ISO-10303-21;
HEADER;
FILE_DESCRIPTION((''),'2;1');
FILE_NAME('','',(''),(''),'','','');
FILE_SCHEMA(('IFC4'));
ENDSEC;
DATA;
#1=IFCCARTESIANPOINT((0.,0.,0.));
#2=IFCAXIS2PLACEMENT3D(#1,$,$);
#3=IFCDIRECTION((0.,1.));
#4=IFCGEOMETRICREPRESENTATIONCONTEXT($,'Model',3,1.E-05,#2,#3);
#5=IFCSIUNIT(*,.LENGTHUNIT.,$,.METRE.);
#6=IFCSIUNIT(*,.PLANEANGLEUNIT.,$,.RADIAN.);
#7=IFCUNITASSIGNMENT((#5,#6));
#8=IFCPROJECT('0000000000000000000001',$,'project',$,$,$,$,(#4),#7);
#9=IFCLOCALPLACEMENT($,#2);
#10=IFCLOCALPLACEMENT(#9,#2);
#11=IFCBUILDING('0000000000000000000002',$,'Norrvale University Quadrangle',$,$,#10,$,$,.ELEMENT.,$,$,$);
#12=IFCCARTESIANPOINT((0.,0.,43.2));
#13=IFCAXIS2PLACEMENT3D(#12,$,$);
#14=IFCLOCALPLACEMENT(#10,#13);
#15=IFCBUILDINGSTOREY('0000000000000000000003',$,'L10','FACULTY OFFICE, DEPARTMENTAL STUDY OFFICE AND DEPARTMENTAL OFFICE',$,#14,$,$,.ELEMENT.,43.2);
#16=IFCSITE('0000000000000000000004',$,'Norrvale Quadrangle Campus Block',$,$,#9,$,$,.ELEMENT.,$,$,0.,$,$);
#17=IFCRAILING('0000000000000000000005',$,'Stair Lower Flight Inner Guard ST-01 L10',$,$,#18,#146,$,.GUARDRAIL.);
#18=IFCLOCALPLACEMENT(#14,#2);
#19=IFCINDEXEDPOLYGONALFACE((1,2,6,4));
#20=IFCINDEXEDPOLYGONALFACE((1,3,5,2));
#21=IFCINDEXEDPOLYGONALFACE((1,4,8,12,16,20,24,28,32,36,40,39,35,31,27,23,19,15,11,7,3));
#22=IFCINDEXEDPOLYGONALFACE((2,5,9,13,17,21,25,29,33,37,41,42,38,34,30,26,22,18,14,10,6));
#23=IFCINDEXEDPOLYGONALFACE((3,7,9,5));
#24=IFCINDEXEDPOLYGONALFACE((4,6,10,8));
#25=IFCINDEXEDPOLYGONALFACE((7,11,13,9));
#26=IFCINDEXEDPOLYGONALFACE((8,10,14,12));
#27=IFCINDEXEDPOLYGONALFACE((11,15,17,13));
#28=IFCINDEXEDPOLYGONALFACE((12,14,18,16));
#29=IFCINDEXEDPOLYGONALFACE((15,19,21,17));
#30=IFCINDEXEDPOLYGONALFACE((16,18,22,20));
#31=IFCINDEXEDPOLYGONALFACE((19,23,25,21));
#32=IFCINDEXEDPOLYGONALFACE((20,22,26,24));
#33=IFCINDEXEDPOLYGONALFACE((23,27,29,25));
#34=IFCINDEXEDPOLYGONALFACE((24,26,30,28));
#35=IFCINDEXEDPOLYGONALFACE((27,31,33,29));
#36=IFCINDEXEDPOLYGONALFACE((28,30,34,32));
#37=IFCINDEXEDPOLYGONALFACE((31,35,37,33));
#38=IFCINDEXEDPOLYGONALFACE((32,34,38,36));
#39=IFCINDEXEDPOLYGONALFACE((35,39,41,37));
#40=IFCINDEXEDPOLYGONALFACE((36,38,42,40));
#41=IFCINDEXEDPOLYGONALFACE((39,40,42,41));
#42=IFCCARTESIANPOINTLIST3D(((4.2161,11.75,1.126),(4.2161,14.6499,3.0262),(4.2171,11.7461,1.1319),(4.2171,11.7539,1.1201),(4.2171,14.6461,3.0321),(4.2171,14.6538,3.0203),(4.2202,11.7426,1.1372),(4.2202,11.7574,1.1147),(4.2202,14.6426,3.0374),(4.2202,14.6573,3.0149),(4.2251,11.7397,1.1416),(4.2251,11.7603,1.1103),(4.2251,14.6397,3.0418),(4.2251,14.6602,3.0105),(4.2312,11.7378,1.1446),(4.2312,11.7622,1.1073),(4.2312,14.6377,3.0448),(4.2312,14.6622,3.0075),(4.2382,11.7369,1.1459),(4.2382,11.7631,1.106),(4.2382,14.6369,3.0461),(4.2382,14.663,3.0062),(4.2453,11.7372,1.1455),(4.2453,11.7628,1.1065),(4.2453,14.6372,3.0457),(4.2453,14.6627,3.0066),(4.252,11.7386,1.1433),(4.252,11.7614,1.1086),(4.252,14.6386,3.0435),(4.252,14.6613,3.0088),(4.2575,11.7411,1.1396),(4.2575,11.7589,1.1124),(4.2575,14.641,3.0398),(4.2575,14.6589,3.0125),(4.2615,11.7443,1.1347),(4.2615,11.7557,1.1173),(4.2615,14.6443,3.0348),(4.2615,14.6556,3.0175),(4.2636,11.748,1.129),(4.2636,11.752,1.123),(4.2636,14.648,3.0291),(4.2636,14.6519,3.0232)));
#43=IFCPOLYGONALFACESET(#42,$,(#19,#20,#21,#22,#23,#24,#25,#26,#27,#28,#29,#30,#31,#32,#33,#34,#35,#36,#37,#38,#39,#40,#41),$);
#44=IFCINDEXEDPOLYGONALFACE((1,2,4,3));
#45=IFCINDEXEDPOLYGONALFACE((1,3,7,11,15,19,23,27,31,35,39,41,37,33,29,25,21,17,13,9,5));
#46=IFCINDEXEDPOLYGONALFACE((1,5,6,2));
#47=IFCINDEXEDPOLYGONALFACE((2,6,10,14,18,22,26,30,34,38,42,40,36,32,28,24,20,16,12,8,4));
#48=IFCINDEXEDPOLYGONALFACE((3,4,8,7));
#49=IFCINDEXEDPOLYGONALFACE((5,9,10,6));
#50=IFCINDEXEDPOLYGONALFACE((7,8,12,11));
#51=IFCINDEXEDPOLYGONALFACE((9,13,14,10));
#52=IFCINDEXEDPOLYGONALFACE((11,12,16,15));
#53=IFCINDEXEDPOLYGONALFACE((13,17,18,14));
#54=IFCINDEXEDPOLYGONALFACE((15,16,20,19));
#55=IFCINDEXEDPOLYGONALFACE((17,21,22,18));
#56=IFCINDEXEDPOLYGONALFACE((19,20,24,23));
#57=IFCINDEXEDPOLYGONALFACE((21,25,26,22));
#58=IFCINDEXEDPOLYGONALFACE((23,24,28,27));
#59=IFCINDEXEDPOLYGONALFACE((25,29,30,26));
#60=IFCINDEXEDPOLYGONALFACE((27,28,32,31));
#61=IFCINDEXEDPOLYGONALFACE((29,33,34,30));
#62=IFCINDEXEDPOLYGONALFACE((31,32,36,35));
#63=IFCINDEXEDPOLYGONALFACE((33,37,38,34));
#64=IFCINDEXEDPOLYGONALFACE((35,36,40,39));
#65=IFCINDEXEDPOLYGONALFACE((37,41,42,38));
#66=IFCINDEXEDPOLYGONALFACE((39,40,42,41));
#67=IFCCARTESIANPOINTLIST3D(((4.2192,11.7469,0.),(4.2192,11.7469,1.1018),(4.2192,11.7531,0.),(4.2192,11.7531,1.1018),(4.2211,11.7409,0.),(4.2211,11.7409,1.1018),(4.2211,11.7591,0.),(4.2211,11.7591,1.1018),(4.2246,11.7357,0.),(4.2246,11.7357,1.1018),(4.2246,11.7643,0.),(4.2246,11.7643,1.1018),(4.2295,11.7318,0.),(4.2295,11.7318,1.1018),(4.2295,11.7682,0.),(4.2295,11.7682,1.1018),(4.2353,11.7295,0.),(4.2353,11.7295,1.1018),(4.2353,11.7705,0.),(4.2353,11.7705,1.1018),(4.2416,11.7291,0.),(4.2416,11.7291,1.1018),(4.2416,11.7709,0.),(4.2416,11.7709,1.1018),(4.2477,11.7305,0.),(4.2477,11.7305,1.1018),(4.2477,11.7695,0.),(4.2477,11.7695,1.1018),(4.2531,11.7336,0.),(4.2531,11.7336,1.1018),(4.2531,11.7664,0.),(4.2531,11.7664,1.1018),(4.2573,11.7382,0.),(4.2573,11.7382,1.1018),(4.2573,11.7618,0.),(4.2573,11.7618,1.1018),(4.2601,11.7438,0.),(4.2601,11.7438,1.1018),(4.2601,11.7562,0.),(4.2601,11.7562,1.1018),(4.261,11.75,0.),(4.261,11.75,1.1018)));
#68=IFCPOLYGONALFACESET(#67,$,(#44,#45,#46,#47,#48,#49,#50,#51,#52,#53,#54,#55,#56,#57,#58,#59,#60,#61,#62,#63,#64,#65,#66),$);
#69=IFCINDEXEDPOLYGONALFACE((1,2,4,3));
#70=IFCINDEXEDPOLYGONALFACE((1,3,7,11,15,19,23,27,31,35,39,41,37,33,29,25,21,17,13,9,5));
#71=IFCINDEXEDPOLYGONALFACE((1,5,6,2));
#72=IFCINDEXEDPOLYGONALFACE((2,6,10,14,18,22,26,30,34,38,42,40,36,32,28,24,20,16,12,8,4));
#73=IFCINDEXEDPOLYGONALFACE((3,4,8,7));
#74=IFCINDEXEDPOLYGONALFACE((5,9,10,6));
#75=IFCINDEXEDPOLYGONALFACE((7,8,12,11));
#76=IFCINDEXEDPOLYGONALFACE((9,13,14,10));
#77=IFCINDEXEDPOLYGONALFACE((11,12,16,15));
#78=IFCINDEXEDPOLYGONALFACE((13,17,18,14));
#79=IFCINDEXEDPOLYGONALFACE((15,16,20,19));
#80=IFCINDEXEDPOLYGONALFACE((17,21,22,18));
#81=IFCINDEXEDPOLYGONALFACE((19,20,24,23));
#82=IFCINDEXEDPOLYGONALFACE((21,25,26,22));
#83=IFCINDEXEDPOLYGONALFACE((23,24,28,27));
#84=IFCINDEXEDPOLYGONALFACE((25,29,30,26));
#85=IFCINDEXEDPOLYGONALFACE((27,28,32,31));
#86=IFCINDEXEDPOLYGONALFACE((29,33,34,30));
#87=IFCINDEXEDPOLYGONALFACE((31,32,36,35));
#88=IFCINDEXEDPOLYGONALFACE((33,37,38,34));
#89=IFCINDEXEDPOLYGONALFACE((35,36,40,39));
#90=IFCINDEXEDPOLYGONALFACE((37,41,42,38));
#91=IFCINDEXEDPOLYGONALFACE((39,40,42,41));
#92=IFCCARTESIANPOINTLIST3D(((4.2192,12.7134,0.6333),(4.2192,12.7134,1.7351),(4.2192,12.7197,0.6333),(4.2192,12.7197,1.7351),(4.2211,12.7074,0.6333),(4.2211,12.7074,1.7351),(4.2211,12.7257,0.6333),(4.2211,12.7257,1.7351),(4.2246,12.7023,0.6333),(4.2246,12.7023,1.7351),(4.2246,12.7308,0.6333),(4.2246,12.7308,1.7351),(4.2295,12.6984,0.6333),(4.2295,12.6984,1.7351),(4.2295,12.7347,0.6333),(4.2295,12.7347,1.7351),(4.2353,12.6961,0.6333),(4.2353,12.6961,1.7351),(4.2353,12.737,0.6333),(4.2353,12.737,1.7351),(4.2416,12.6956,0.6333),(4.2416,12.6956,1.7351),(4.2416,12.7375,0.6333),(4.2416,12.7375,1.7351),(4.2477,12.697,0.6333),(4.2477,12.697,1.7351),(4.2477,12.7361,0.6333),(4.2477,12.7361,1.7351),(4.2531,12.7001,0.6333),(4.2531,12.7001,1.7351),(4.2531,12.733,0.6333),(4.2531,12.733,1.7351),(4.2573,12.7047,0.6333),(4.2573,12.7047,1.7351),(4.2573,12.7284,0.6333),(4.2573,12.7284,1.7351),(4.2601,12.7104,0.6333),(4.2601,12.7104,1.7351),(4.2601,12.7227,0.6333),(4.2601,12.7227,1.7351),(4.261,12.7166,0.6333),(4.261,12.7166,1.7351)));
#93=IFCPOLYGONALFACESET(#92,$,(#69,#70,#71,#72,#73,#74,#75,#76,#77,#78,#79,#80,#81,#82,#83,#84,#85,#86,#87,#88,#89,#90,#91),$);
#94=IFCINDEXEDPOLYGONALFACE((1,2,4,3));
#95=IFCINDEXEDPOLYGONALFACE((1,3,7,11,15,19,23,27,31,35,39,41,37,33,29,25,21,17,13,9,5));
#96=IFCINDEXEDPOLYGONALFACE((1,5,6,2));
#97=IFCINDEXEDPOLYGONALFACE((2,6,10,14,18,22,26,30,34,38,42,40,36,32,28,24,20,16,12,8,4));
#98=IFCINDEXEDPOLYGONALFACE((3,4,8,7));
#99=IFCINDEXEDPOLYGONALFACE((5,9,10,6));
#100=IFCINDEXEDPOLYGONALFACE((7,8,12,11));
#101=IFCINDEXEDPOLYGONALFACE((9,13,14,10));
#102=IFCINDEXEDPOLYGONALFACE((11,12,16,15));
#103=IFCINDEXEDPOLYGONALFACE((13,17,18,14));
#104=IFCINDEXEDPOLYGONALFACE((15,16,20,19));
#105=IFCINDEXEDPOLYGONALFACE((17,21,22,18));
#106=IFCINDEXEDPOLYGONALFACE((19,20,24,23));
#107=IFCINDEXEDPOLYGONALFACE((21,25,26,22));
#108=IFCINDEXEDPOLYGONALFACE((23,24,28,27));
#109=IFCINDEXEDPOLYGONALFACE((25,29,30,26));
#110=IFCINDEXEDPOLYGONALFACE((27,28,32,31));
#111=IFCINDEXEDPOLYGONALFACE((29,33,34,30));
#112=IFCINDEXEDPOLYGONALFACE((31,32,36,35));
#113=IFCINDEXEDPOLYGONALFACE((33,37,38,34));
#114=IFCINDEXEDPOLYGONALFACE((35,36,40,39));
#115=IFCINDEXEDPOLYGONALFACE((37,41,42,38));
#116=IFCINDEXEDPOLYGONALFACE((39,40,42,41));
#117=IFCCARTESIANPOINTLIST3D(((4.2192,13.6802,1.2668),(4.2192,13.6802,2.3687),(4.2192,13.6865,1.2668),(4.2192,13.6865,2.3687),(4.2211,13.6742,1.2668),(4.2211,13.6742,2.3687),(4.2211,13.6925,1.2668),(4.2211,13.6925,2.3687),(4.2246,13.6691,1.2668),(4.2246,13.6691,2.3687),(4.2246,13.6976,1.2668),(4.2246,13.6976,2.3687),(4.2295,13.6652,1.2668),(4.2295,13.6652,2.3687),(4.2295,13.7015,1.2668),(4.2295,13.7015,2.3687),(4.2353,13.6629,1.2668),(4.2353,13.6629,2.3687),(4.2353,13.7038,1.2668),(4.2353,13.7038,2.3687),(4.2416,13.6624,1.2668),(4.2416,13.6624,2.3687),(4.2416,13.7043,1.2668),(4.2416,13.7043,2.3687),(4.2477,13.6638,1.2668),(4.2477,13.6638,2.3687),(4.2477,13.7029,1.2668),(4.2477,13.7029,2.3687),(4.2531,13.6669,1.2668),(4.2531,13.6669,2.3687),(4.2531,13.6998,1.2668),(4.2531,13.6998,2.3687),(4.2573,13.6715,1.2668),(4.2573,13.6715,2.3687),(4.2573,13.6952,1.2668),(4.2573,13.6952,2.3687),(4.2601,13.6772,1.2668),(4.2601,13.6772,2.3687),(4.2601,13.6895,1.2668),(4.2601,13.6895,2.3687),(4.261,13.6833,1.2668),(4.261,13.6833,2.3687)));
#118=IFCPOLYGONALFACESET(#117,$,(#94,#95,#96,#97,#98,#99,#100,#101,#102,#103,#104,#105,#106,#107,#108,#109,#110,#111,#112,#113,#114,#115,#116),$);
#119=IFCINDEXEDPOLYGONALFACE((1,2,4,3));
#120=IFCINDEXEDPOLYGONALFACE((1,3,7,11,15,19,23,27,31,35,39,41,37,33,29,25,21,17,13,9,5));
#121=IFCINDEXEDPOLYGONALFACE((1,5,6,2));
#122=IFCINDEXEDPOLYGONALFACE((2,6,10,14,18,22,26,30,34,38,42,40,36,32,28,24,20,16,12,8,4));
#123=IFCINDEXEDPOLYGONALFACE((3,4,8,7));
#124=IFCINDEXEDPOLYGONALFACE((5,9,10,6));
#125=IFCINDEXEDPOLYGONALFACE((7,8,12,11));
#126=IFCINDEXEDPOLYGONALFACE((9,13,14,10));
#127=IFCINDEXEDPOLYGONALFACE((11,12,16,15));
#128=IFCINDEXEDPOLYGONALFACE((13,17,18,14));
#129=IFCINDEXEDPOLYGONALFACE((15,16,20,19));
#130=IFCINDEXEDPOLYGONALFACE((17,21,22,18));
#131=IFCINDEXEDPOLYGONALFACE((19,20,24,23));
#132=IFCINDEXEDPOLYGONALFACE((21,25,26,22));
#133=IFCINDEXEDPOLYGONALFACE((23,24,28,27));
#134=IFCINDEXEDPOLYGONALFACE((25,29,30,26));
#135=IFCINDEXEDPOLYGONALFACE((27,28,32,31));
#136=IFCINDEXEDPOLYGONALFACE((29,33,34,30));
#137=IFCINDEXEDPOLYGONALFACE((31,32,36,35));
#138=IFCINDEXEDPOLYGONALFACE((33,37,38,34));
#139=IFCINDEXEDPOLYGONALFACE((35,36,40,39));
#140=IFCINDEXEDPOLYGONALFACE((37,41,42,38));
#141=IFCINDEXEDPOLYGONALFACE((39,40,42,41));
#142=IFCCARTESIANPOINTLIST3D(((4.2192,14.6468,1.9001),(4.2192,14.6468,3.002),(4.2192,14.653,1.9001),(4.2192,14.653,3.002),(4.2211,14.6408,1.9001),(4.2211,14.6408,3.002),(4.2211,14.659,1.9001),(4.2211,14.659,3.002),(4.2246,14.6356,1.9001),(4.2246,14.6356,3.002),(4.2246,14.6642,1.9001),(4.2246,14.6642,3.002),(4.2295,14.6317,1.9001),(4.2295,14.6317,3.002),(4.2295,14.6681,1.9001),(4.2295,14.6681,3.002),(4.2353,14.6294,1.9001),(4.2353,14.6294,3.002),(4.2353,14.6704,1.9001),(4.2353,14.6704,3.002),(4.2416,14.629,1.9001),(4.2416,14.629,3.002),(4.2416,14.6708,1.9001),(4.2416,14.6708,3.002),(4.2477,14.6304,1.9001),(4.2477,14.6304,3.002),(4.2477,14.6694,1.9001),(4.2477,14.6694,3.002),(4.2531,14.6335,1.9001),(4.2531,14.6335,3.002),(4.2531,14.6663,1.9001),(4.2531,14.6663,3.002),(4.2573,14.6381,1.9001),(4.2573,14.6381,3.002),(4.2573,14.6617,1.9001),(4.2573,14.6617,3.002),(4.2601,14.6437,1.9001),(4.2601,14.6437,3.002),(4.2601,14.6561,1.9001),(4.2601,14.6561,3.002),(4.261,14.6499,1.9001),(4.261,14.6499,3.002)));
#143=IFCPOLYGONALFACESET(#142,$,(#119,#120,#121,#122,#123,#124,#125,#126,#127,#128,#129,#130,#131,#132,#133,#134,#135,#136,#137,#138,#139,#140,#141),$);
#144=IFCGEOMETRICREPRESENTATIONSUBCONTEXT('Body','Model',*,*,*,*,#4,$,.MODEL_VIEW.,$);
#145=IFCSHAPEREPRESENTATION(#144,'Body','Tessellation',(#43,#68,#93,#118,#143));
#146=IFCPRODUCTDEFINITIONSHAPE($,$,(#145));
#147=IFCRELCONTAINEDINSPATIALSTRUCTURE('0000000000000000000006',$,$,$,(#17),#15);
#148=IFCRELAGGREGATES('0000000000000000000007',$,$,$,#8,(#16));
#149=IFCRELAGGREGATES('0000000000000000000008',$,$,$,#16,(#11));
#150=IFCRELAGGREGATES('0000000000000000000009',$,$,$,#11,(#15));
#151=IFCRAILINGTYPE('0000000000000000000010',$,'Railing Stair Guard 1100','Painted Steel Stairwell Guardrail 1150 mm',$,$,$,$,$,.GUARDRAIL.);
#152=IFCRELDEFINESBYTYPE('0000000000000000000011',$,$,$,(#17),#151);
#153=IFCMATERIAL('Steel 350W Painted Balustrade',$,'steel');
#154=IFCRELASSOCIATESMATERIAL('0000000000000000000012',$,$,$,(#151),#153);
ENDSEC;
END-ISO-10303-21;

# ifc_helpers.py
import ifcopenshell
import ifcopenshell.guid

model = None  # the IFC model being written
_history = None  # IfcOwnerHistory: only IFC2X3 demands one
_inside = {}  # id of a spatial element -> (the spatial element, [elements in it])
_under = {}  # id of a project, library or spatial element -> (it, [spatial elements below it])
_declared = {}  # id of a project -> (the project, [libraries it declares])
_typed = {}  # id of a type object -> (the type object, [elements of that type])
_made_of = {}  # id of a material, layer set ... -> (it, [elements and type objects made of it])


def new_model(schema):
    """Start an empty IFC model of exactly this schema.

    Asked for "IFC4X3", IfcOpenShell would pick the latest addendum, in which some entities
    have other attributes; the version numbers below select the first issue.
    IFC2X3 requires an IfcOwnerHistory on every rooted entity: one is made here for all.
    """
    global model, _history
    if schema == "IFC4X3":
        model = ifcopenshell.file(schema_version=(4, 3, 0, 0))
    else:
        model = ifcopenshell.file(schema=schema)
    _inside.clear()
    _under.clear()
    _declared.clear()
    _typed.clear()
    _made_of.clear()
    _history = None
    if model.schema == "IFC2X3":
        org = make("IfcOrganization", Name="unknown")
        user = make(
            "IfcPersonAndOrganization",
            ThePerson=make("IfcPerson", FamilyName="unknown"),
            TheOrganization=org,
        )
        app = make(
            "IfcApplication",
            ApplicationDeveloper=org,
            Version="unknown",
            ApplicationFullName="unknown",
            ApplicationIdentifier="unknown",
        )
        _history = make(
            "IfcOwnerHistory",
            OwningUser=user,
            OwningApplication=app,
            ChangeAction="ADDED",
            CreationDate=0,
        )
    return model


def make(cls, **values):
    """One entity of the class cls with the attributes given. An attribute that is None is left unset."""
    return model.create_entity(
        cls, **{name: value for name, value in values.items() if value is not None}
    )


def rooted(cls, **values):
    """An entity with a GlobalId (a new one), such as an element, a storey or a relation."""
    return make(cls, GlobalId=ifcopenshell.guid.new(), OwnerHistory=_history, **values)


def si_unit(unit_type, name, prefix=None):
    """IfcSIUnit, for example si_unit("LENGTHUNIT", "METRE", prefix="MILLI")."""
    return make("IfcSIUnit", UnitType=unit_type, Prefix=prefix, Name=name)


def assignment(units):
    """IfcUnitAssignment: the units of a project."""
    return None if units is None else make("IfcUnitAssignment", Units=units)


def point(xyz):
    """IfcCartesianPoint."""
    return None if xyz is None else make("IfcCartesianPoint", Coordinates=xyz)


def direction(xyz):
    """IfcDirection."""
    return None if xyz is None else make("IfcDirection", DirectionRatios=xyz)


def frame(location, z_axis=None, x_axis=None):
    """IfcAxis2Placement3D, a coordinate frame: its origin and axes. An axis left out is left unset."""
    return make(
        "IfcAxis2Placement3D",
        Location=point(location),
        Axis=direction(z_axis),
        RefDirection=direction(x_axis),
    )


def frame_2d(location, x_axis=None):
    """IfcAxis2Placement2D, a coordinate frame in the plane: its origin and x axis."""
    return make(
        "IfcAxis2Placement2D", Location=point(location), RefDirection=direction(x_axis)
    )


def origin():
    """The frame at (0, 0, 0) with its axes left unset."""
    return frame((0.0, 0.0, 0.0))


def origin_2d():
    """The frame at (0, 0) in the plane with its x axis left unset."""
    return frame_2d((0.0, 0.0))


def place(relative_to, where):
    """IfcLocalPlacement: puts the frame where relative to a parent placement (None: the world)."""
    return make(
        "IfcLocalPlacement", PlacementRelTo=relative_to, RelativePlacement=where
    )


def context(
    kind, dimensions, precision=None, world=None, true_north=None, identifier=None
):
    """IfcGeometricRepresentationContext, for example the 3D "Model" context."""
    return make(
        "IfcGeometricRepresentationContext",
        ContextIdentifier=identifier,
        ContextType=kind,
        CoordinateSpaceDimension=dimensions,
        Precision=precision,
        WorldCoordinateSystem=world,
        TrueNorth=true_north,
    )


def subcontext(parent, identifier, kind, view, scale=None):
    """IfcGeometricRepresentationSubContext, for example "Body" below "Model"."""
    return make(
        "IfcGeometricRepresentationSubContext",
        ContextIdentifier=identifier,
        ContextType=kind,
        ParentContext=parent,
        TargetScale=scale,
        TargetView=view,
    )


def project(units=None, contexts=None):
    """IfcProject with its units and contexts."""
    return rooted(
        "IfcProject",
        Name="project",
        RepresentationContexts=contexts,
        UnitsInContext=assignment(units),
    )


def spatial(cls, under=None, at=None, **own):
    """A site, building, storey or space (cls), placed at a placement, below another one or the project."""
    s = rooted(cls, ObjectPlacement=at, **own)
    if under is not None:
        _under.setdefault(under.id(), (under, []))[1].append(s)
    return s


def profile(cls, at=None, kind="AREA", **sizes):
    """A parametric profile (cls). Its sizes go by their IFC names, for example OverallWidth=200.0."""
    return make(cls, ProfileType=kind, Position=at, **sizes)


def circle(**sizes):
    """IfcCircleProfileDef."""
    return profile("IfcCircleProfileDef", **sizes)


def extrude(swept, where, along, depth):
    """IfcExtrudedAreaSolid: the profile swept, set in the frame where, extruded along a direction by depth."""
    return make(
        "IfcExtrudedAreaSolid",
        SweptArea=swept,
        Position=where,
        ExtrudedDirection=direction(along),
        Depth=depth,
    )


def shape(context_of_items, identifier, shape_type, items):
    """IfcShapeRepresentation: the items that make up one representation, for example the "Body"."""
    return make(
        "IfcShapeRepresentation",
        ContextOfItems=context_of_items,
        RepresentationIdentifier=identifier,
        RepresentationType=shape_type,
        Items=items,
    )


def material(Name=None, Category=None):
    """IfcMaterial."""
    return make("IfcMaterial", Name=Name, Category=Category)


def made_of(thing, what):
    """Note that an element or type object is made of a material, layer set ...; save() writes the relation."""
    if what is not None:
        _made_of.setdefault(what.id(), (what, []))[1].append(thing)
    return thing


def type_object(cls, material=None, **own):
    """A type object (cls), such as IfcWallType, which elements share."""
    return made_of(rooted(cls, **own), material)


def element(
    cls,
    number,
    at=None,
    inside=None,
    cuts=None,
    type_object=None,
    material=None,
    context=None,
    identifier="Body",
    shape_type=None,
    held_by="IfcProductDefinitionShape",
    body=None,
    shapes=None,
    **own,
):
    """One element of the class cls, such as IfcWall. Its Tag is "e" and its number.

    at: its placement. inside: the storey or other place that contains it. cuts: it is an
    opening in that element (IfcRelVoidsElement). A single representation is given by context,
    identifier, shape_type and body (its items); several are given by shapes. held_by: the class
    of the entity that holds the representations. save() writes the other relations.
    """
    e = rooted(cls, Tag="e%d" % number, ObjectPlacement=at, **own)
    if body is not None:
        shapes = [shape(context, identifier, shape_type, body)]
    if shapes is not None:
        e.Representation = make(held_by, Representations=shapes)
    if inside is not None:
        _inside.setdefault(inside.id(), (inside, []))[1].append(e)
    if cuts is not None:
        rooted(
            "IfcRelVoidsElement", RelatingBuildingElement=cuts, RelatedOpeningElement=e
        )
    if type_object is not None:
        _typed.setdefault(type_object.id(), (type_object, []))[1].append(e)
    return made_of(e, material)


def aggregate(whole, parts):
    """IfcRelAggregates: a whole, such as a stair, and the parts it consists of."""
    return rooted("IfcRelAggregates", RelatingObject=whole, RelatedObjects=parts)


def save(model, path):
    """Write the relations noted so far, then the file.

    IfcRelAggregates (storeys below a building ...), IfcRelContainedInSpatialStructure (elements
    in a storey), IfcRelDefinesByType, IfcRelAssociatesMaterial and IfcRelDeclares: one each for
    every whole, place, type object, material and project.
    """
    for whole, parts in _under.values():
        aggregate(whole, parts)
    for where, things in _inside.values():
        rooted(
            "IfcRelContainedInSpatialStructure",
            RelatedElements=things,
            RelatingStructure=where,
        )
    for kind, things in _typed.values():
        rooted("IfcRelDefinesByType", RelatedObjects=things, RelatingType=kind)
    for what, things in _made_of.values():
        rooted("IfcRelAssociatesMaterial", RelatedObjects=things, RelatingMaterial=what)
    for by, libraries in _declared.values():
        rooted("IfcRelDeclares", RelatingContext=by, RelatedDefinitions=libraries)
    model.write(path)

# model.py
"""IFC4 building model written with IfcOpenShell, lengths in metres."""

from ifc_helpers import new_model, si_unit, direction, frame, origin, origin_2d, place, context, subcontext, project, spatial, circle, extrude, material, type_object, element, save


model = new_model("IFC4")

# Units and contexts
model_context = context("Model", 3, precision=1e-05, world=origin(), true_north=direction((0.0, 1.0)))
body_context = subcontext(model_context, "Body", "Model", "MODEL_VIEW")
ifc_project = project(units=[si_unit("LENGTHUNIT", "METRE"), si_unit("PLANEANGLEUNIT", "RADIAN")], contexts=[model_context])

# Site, building, storey
site_placement = place(None, origin())
site = spatial("IfcSite", under=ifc_project, at=site_placement, Name="Norrvale Quadrangle Campus Block", CompositionType="ELEMENT", RefElevation=0.0)
building_placement = place(site_placement, origin())
building = spatial("IfcBuilding", under=site, at=building_placement, Name="Norrvale University Quadrangle", CompositionType="ELEMENT")
storey_placement = place(building_placement, frame((0.0, 0.0, 43.2)))
storey = spatial("IfcBuildingStorey", under=building, at=storey_placement, Name="L10", Description="FACULTY OFFICE, DEPARTMENTAL STUDY OFFICE AND DEPARTMENTAL OFFICE", CompositionType="ELEMENT", Elevation=43.2)

# Railing
ifc_material_1 = material(Name="Steel 350W Painted Balustrade", Category="steel")
railing_type_1 = type_object("IfcRailingType", Name="Railing Stair Guard 1100", Description="Painted Steel Stairwell Guardrail 1150 mm", PredefinedType="GUARDRAIL", material=ifc_material_1)
railing_1_placement = place(storey_placement, frame((4.24, 11.75, 0.0)))
element("IfcRailing", 1, at=railing_1_placement, inside=storey, type_object=railing_type_1, Name="Stair Lower Flight Inner Guard ST-01 L10", PredefinedType="GUARDRAIL", context=body_context, shape_type="SweptSolid", body=[
    extrude(circle(Radius=0.0239, at=origin_2d()), frame((0.0, 0.0, 1.126), z_axis=(0.0, 0.836433, 0.548069), x_axis=(-1.0, 0.0, 0.0)), (0.0, 0.0, 1.0), 3.467),
    extrude(circle(Radius=0.021, at=origin_2d()), origin(), (0.0, 0.0, 1.0), 1.1018),
    extrude(circle(Radius=0.021, at=origin_2d()), frame((0.0, 0.9666, 0.6333)), (0.0, 0.0, 1.0), 1.1018),
    extrude(circle(Radius=0.021, at=origin_2d()), frame((0.0, 1.9333, 1.2668)), (0.0, 0.0, 1.0), 1.1018),
    extrude(circle(Radius=0.021, at=origin_2d()), frame((0.0, 2.8999, 1.9001)), (0.0, 0.0, 1.0), 1.1018),
])

save(model, "model.ifc")
